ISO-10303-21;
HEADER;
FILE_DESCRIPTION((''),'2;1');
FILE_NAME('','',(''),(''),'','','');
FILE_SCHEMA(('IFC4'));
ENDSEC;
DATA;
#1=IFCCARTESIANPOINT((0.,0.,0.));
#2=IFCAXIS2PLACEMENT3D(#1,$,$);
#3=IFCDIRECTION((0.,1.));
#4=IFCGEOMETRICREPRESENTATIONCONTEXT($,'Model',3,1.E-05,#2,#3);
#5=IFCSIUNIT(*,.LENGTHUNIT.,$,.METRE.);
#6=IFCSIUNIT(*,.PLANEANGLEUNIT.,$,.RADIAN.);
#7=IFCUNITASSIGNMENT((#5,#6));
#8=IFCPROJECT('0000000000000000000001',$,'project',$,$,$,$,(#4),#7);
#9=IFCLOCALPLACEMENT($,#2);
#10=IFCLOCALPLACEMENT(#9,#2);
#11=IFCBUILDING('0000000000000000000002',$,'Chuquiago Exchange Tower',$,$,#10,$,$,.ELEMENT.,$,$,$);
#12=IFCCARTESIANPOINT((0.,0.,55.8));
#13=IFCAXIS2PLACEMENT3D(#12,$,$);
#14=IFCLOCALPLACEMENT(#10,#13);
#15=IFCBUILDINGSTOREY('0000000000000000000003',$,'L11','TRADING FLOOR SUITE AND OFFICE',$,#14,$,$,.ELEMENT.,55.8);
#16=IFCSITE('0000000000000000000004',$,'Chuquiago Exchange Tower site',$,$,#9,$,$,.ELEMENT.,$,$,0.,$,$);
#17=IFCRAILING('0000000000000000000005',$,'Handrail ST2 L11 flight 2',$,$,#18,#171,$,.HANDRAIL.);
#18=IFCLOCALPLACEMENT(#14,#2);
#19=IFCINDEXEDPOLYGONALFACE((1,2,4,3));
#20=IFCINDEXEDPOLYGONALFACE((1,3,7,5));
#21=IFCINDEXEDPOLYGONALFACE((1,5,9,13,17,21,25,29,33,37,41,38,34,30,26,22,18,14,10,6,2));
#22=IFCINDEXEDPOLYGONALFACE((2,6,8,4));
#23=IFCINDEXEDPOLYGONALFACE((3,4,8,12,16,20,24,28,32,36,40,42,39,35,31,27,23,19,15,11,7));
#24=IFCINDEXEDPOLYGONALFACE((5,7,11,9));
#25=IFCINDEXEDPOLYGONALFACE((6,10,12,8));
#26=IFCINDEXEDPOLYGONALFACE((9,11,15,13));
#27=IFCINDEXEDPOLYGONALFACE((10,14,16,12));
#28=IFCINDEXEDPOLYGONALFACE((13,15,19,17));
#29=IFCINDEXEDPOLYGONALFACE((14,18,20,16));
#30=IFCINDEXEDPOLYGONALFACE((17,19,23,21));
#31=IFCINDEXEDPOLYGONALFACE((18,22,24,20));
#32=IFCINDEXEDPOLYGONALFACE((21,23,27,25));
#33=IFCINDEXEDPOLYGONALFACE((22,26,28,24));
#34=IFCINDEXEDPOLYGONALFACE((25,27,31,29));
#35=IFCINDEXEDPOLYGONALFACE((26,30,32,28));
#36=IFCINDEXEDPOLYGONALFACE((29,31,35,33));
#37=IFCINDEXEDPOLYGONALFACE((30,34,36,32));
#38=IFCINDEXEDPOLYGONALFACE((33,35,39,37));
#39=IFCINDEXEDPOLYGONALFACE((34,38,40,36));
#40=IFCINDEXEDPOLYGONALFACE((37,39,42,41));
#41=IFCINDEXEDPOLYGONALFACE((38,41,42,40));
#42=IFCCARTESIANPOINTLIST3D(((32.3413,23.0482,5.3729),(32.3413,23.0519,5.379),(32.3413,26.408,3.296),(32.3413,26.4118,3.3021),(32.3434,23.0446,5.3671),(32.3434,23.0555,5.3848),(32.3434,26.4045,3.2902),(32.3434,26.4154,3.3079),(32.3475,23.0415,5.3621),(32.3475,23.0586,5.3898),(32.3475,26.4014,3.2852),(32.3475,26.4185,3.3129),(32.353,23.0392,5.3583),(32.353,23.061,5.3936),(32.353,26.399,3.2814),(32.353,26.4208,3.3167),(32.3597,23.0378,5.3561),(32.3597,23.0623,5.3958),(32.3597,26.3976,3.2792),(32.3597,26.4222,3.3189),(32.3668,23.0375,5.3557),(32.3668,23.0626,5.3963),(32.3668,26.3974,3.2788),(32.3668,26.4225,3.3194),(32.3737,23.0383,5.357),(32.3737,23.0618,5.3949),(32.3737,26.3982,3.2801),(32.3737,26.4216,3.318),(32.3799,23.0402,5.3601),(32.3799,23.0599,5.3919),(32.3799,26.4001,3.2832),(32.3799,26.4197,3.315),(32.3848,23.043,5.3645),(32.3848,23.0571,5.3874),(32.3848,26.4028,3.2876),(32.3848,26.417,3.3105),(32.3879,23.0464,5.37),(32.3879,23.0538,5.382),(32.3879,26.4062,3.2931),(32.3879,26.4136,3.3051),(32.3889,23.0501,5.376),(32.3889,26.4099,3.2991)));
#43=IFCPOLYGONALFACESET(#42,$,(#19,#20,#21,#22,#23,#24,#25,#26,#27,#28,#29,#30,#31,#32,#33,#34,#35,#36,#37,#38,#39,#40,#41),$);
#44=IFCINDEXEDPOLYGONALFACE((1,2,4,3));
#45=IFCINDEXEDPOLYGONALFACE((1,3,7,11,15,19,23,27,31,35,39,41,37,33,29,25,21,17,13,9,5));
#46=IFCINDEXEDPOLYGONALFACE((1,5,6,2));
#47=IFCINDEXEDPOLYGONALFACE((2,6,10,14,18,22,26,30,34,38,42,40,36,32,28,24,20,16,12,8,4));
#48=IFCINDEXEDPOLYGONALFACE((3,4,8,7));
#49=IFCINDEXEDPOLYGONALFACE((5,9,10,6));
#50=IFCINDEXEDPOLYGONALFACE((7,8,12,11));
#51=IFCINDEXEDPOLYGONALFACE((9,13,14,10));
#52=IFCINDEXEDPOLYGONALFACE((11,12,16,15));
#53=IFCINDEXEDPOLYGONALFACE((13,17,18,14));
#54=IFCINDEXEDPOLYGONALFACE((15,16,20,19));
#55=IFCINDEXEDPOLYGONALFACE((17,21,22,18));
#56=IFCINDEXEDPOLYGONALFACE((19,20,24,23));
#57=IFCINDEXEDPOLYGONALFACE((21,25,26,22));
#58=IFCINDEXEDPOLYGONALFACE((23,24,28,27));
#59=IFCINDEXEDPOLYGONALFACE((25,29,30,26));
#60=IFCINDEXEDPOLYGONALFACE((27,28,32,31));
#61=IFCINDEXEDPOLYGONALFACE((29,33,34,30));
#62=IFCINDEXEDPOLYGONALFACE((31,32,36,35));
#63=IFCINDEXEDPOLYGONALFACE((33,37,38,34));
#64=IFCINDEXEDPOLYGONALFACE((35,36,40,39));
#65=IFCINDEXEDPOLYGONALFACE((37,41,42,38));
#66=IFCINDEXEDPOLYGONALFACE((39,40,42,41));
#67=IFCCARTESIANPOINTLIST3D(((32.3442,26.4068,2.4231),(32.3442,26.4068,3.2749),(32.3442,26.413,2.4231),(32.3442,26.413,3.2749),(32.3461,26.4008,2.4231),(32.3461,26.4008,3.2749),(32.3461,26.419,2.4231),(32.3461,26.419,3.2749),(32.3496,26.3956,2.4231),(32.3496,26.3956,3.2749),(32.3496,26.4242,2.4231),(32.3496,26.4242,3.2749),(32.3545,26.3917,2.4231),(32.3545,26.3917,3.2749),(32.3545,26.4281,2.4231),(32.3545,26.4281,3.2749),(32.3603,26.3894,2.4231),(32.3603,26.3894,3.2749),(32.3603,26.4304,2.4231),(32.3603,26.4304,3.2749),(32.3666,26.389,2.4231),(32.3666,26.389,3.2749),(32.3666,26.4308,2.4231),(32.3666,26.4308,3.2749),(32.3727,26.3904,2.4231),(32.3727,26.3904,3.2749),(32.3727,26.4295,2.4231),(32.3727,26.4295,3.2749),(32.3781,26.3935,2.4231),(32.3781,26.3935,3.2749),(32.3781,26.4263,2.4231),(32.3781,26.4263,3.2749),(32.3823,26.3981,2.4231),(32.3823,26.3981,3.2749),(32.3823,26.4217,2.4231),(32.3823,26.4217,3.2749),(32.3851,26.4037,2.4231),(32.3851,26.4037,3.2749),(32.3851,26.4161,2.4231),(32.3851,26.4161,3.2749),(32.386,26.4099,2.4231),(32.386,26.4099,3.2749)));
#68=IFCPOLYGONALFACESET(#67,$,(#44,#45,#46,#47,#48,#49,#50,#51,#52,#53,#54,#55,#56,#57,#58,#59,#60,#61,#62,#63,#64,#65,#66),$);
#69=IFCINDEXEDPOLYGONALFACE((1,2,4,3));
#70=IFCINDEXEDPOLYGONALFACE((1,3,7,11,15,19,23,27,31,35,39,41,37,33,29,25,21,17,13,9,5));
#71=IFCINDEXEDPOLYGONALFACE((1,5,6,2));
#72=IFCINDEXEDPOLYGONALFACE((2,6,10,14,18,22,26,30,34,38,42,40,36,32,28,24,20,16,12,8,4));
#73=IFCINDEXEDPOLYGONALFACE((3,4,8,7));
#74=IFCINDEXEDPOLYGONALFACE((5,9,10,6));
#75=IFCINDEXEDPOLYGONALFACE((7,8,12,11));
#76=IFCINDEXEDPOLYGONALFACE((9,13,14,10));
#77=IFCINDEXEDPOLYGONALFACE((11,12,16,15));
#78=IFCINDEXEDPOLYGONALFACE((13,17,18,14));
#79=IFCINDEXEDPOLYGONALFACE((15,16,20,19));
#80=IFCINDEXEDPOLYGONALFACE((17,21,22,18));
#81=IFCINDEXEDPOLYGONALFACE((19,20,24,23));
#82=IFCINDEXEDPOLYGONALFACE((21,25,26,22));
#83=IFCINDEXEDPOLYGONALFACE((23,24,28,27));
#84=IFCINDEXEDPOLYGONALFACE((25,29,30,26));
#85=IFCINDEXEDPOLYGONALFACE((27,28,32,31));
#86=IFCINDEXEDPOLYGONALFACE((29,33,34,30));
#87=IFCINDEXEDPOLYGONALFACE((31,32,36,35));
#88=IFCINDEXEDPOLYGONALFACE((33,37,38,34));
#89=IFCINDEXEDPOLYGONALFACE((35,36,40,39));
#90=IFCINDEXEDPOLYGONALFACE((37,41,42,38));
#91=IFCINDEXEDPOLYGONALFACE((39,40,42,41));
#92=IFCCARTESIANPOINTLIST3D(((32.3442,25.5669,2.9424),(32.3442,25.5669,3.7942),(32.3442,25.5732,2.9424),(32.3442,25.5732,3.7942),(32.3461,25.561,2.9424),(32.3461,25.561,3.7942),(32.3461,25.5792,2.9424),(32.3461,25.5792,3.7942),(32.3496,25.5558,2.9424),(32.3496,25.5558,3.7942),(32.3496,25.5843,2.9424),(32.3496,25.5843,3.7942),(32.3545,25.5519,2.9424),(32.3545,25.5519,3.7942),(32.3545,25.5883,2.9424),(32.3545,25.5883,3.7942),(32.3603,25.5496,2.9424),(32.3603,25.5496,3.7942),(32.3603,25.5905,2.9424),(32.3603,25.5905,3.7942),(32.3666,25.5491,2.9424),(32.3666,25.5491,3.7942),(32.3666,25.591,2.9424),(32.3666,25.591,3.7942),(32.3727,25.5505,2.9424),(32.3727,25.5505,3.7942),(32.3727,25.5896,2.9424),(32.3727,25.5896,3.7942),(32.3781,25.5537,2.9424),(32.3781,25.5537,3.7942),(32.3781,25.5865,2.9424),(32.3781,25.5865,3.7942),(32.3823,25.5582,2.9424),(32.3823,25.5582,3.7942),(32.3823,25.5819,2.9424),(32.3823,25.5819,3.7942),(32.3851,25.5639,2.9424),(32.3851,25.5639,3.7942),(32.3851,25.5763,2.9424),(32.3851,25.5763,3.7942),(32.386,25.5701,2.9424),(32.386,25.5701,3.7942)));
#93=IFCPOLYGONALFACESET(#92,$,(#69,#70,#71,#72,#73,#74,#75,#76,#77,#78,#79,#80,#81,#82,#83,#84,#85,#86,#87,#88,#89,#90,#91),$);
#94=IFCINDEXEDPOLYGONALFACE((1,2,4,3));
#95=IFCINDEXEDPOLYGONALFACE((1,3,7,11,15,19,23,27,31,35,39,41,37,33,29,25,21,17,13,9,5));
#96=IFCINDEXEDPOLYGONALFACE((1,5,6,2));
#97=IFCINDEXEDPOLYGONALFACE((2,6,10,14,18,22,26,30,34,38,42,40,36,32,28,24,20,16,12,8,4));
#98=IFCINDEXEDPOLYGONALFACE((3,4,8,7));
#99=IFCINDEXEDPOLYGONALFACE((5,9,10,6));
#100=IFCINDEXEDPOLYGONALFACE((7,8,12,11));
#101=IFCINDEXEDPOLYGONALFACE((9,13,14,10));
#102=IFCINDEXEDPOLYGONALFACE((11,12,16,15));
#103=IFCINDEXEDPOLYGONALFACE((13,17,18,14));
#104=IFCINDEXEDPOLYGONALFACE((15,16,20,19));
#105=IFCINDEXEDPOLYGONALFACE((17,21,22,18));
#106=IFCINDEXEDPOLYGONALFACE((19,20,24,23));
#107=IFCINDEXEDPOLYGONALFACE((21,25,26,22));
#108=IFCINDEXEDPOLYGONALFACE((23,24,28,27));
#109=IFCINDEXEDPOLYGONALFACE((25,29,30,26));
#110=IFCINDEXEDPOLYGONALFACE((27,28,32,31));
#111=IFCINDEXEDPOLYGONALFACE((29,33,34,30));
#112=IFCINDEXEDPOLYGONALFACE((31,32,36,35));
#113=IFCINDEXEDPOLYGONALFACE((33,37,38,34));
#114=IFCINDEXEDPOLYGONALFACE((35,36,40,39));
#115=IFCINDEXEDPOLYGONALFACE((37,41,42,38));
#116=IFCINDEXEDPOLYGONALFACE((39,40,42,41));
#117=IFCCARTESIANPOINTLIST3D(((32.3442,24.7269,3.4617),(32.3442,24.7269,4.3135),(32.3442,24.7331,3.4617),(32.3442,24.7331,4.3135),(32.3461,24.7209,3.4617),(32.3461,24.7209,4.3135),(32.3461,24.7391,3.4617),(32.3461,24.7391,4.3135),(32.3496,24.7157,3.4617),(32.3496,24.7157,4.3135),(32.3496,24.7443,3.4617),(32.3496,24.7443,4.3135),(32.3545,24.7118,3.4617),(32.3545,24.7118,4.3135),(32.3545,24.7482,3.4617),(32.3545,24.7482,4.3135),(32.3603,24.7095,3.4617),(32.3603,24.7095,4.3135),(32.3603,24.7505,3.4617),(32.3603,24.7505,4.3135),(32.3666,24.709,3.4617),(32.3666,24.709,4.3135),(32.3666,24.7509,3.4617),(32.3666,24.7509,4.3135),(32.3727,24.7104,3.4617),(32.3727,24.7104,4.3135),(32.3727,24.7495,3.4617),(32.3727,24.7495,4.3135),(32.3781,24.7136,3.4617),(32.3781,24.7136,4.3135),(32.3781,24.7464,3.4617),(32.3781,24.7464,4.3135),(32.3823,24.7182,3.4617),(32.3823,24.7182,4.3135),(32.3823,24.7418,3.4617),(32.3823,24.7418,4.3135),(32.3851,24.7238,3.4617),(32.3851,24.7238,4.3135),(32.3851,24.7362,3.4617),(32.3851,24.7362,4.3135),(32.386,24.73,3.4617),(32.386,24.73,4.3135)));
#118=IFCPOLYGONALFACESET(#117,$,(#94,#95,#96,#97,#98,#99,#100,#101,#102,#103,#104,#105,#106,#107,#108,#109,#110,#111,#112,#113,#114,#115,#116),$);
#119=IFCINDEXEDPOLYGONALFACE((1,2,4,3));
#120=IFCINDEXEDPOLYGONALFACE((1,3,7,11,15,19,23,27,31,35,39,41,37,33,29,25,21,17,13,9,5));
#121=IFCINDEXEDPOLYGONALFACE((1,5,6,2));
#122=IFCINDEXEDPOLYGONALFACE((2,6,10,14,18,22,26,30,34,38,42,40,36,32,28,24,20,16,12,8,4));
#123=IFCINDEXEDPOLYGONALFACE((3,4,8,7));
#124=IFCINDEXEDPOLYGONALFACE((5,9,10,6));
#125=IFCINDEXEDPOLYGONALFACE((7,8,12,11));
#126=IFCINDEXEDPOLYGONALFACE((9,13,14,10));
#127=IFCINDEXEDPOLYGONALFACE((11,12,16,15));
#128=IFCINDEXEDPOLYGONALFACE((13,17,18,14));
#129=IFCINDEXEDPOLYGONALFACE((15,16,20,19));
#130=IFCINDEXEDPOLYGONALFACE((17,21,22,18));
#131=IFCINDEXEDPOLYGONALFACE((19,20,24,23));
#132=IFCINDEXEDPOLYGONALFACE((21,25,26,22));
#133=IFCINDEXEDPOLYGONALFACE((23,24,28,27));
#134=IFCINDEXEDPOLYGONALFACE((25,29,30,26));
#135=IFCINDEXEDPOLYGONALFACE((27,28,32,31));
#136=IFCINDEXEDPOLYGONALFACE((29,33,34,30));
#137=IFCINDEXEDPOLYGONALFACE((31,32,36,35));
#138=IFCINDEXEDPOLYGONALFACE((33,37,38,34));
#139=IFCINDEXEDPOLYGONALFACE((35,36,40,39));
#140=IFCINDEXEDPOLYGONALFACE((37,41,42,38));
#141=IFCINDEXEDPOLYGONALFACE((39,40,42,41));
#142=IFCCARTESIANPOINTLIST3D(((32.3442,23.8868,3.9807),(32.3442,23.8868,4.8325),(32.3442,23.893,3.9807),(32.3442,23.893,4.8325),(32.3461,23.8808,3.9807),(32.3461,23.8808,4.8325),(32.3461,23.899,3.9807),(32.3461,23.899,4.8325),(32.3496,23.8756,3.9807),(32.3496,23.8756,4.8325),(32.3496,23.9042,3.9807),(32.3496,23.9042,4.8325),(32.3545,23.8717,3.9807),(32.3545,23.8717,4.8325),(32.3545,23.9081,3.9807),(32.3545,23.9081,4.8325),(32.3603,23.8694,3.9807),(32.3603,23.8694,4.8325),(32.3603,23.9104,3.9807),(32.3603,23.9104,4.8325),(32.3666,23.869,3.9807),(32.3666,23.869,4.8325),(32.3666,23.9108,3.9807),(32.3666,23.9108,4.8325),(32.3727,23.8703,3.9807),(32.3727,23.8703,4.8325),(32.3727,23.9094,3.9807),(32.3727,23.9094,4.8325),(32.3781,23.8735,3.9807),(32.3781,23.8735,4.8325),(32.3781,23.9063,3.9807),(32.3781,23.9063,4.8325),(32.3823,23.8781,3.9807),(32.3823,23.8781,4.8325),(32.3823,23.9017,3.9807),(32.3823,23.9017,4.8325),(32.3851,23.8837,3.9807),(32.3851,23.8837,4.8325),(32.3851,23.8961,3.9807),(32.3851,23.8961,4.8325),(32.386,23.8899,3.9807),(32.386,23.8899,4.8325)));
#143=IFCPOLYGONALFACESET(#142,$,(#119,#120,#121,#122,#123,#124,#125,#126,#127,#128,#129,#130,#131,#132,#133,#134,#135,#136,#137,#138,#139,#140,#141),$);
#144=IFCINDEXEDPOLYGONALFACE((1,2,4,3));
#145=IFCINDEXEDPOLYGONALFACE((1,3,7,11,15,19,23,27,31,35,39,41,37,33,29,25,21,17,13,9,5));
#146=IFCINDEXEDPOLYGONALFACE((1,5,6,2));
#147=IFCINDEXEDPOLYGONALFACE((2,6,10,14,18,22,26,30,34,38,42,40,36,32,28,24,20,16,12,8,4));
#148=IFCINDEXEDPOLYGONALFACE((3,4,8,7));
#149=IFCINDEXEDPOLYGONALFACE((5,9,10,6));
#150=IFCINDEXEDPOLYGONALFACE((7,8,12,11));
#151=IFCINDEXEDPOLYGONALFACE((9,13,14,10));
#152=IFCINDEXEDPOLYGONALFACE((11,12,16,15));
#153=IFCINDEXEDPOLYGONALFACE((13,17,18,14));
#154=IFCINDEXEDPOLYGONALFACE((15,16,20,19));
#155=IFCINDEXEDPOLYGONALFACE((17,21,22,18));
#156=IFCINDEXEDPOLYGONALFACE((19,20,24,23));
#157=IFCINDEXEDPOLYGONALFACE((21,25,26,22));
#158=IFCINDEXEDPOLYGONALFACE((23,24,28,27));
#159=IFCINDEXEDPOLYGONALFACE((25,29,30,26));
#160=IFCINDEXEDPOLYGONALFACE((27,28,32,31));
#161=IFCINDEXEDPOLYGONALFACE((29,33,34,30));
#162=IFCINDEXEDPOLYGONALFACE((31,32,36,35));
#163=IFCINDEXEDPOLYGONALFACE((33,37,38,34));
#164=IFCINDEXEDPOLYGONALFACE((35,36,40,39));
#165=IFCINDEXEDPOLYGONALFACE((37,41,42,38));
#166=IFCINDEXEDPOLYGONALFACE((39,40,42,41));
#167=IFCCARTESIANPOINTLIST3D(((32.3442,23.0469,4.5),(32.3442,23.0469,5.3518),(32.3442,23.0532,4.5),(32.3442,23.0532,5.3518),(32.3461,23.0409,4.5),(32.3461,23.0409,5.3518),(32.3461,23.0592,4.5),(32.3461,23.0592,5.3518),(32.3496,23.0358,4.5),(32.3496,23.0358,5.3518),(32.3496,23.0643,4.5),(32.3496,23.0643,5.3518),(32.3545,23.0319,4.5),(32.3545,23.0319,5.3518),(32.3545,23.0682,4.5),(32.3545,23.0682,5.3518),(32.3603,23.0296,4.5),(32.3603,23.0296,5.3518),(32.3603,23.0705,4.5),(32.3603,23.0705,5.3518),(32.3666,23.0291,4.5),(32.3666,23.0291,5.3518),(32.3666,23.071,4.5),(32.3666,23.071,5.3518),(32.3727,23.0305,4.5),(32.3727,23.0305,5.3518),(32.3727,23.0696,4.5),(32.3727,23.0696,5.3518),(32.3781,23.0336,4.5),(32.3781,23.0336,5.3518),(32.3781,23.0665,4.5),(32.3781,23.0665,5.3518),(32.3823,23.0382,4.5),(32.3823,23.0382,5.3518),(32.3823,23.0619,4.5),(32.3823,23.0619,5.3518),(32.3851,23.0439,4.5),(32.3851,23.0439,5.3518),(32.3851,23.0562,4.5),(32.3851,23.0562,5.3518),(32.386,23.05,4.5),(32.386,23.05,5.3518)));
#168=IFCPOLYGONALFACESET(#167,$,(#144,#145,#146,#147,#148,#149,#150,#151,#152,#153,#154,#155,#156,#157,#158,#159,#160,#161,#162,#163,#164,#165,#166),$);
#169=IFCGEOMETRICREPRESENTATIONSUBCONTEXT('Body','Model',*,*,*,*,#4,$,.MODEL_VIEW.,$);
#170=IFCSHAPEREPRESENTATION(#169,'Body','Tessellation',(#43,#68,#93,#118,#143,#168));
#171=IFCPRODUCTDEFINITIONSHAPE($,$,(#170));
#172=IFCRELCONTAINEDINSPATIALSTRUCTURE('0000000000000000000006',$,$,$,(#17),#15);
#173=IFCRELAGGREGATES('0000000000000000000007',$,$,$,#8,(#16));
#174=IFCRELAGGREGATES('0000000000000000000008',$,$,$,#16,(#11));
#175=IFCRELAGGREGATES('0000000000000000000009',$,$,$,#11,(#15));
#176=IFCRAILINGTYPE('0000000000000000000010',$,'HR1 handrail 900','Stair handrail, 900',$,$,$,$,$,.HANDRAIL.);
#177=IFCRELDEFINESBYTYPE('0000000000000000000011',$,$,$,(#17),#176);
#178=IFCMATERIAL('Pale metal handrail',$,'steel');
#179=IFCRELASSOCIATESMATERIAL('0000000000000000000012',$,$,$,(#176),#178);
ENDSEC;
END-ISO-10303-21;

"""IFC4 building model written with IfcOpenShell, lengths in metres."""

from ifc_helpers import new_model, si_unit, direction, frame, origin, origin_2d, place, context, subcontext, project, spatial, circle, extrude, material, type_object, element, save


model = new_model("IFC4")

# Units and contexts
model_context = context("Model", 3, precision=1e-05, world=origin(), true_north=direction((0.0, 1.0)))
body_context = subcontext(model_context, "Body", "Model", "MODEL_VIEW")
ifc_project = project(units=[si_unit("LENGTHUNIT", "METRE"), si_unit("PLANEANGLEUNIT", "RADIAN")], contexts=[model_context])

# Site, building, storey
site_placement = place(None, origin())
site = spatial("IfcSite", under=ifc_project, at=site_placement, Name="Chuquiago Exchange Tower site", CompositionType="ELEMENT", RefElevation=0.0)
building_placement = place(site_placement, origin())
building = spatial("IfcBuilding", under=site, at=building_placement, Name="Chuquiago Exchange Tower", CompositionType="ELEMENT")
storey_placement = place(building_placement, frame((0.0, 0.0, 55.8)))
storey = spatial("IfcBuildingStorey", under=building, at=storey_placement, Name="L11", Description="TRADING FLOOR SUITE AND OFFICE", CompositionType="ELEMENT", Elevation=55.8)

# Railing
ifc_material_1 = material(Name="Pale metal handrail", Category="steel")
railing_type_1 = type_object("IfcRailingType", Name="HR1 handrail 900", Description="Stair handrail, 900", PredefinedType="HANDRAIL", material=ifc_material_1)
for number, where, name in (
    (1, (32.365, 26.4099, 2.4231), "Handrail ST2 L11 flight 2"),
):
    element("IfcRailing", number, at=place(storey_placement, frame(where)), inside=storey, type_object=railing_type_1, Name=name, PredefinedType="HANDRAIL", context=body_context, shape_type="SweptSolid", body=[
        extrude(circle(Radius=0.0239, at=origin_2d()), frame((0.0, 0.0, 0.876), z_axis=(0.0, -0.850606, 0.525803), x_axis=(1.0, 0.0, 0.0)), (0.0, 0.0, 1.0), 3.95),
        extrude(circle(Radius=0.021, at=origin_2d()), origin(), (0.0, 0.0, 1.0), 0.8518),
        extrude(circle(Radius=0.021, at=origin_2d()), frame((0.0, -0.8398, 0.5193)), (0.0, 0.0, 1.0), 0.8518),
        extrude(circle(Radius=0.021, at=origin_2d()), frame((0.0, -1.6799, 1.0386)), (0.0, 0.0, 1.0), 0.8518),
        extrude(circle(Radius=0.021, at=origin_2d()), frame((0.0, -2.52, 1.5576)), (0.0, 0.0, 1.0), 0.8518),
        extrude(circle(Radius=0.021, at=origin_2d()), frame((0.0, -3.3599, 2.0769)), (0.0, 0.0, 1.0), 0.8518),
    ])

save(model, "model.ifc")
